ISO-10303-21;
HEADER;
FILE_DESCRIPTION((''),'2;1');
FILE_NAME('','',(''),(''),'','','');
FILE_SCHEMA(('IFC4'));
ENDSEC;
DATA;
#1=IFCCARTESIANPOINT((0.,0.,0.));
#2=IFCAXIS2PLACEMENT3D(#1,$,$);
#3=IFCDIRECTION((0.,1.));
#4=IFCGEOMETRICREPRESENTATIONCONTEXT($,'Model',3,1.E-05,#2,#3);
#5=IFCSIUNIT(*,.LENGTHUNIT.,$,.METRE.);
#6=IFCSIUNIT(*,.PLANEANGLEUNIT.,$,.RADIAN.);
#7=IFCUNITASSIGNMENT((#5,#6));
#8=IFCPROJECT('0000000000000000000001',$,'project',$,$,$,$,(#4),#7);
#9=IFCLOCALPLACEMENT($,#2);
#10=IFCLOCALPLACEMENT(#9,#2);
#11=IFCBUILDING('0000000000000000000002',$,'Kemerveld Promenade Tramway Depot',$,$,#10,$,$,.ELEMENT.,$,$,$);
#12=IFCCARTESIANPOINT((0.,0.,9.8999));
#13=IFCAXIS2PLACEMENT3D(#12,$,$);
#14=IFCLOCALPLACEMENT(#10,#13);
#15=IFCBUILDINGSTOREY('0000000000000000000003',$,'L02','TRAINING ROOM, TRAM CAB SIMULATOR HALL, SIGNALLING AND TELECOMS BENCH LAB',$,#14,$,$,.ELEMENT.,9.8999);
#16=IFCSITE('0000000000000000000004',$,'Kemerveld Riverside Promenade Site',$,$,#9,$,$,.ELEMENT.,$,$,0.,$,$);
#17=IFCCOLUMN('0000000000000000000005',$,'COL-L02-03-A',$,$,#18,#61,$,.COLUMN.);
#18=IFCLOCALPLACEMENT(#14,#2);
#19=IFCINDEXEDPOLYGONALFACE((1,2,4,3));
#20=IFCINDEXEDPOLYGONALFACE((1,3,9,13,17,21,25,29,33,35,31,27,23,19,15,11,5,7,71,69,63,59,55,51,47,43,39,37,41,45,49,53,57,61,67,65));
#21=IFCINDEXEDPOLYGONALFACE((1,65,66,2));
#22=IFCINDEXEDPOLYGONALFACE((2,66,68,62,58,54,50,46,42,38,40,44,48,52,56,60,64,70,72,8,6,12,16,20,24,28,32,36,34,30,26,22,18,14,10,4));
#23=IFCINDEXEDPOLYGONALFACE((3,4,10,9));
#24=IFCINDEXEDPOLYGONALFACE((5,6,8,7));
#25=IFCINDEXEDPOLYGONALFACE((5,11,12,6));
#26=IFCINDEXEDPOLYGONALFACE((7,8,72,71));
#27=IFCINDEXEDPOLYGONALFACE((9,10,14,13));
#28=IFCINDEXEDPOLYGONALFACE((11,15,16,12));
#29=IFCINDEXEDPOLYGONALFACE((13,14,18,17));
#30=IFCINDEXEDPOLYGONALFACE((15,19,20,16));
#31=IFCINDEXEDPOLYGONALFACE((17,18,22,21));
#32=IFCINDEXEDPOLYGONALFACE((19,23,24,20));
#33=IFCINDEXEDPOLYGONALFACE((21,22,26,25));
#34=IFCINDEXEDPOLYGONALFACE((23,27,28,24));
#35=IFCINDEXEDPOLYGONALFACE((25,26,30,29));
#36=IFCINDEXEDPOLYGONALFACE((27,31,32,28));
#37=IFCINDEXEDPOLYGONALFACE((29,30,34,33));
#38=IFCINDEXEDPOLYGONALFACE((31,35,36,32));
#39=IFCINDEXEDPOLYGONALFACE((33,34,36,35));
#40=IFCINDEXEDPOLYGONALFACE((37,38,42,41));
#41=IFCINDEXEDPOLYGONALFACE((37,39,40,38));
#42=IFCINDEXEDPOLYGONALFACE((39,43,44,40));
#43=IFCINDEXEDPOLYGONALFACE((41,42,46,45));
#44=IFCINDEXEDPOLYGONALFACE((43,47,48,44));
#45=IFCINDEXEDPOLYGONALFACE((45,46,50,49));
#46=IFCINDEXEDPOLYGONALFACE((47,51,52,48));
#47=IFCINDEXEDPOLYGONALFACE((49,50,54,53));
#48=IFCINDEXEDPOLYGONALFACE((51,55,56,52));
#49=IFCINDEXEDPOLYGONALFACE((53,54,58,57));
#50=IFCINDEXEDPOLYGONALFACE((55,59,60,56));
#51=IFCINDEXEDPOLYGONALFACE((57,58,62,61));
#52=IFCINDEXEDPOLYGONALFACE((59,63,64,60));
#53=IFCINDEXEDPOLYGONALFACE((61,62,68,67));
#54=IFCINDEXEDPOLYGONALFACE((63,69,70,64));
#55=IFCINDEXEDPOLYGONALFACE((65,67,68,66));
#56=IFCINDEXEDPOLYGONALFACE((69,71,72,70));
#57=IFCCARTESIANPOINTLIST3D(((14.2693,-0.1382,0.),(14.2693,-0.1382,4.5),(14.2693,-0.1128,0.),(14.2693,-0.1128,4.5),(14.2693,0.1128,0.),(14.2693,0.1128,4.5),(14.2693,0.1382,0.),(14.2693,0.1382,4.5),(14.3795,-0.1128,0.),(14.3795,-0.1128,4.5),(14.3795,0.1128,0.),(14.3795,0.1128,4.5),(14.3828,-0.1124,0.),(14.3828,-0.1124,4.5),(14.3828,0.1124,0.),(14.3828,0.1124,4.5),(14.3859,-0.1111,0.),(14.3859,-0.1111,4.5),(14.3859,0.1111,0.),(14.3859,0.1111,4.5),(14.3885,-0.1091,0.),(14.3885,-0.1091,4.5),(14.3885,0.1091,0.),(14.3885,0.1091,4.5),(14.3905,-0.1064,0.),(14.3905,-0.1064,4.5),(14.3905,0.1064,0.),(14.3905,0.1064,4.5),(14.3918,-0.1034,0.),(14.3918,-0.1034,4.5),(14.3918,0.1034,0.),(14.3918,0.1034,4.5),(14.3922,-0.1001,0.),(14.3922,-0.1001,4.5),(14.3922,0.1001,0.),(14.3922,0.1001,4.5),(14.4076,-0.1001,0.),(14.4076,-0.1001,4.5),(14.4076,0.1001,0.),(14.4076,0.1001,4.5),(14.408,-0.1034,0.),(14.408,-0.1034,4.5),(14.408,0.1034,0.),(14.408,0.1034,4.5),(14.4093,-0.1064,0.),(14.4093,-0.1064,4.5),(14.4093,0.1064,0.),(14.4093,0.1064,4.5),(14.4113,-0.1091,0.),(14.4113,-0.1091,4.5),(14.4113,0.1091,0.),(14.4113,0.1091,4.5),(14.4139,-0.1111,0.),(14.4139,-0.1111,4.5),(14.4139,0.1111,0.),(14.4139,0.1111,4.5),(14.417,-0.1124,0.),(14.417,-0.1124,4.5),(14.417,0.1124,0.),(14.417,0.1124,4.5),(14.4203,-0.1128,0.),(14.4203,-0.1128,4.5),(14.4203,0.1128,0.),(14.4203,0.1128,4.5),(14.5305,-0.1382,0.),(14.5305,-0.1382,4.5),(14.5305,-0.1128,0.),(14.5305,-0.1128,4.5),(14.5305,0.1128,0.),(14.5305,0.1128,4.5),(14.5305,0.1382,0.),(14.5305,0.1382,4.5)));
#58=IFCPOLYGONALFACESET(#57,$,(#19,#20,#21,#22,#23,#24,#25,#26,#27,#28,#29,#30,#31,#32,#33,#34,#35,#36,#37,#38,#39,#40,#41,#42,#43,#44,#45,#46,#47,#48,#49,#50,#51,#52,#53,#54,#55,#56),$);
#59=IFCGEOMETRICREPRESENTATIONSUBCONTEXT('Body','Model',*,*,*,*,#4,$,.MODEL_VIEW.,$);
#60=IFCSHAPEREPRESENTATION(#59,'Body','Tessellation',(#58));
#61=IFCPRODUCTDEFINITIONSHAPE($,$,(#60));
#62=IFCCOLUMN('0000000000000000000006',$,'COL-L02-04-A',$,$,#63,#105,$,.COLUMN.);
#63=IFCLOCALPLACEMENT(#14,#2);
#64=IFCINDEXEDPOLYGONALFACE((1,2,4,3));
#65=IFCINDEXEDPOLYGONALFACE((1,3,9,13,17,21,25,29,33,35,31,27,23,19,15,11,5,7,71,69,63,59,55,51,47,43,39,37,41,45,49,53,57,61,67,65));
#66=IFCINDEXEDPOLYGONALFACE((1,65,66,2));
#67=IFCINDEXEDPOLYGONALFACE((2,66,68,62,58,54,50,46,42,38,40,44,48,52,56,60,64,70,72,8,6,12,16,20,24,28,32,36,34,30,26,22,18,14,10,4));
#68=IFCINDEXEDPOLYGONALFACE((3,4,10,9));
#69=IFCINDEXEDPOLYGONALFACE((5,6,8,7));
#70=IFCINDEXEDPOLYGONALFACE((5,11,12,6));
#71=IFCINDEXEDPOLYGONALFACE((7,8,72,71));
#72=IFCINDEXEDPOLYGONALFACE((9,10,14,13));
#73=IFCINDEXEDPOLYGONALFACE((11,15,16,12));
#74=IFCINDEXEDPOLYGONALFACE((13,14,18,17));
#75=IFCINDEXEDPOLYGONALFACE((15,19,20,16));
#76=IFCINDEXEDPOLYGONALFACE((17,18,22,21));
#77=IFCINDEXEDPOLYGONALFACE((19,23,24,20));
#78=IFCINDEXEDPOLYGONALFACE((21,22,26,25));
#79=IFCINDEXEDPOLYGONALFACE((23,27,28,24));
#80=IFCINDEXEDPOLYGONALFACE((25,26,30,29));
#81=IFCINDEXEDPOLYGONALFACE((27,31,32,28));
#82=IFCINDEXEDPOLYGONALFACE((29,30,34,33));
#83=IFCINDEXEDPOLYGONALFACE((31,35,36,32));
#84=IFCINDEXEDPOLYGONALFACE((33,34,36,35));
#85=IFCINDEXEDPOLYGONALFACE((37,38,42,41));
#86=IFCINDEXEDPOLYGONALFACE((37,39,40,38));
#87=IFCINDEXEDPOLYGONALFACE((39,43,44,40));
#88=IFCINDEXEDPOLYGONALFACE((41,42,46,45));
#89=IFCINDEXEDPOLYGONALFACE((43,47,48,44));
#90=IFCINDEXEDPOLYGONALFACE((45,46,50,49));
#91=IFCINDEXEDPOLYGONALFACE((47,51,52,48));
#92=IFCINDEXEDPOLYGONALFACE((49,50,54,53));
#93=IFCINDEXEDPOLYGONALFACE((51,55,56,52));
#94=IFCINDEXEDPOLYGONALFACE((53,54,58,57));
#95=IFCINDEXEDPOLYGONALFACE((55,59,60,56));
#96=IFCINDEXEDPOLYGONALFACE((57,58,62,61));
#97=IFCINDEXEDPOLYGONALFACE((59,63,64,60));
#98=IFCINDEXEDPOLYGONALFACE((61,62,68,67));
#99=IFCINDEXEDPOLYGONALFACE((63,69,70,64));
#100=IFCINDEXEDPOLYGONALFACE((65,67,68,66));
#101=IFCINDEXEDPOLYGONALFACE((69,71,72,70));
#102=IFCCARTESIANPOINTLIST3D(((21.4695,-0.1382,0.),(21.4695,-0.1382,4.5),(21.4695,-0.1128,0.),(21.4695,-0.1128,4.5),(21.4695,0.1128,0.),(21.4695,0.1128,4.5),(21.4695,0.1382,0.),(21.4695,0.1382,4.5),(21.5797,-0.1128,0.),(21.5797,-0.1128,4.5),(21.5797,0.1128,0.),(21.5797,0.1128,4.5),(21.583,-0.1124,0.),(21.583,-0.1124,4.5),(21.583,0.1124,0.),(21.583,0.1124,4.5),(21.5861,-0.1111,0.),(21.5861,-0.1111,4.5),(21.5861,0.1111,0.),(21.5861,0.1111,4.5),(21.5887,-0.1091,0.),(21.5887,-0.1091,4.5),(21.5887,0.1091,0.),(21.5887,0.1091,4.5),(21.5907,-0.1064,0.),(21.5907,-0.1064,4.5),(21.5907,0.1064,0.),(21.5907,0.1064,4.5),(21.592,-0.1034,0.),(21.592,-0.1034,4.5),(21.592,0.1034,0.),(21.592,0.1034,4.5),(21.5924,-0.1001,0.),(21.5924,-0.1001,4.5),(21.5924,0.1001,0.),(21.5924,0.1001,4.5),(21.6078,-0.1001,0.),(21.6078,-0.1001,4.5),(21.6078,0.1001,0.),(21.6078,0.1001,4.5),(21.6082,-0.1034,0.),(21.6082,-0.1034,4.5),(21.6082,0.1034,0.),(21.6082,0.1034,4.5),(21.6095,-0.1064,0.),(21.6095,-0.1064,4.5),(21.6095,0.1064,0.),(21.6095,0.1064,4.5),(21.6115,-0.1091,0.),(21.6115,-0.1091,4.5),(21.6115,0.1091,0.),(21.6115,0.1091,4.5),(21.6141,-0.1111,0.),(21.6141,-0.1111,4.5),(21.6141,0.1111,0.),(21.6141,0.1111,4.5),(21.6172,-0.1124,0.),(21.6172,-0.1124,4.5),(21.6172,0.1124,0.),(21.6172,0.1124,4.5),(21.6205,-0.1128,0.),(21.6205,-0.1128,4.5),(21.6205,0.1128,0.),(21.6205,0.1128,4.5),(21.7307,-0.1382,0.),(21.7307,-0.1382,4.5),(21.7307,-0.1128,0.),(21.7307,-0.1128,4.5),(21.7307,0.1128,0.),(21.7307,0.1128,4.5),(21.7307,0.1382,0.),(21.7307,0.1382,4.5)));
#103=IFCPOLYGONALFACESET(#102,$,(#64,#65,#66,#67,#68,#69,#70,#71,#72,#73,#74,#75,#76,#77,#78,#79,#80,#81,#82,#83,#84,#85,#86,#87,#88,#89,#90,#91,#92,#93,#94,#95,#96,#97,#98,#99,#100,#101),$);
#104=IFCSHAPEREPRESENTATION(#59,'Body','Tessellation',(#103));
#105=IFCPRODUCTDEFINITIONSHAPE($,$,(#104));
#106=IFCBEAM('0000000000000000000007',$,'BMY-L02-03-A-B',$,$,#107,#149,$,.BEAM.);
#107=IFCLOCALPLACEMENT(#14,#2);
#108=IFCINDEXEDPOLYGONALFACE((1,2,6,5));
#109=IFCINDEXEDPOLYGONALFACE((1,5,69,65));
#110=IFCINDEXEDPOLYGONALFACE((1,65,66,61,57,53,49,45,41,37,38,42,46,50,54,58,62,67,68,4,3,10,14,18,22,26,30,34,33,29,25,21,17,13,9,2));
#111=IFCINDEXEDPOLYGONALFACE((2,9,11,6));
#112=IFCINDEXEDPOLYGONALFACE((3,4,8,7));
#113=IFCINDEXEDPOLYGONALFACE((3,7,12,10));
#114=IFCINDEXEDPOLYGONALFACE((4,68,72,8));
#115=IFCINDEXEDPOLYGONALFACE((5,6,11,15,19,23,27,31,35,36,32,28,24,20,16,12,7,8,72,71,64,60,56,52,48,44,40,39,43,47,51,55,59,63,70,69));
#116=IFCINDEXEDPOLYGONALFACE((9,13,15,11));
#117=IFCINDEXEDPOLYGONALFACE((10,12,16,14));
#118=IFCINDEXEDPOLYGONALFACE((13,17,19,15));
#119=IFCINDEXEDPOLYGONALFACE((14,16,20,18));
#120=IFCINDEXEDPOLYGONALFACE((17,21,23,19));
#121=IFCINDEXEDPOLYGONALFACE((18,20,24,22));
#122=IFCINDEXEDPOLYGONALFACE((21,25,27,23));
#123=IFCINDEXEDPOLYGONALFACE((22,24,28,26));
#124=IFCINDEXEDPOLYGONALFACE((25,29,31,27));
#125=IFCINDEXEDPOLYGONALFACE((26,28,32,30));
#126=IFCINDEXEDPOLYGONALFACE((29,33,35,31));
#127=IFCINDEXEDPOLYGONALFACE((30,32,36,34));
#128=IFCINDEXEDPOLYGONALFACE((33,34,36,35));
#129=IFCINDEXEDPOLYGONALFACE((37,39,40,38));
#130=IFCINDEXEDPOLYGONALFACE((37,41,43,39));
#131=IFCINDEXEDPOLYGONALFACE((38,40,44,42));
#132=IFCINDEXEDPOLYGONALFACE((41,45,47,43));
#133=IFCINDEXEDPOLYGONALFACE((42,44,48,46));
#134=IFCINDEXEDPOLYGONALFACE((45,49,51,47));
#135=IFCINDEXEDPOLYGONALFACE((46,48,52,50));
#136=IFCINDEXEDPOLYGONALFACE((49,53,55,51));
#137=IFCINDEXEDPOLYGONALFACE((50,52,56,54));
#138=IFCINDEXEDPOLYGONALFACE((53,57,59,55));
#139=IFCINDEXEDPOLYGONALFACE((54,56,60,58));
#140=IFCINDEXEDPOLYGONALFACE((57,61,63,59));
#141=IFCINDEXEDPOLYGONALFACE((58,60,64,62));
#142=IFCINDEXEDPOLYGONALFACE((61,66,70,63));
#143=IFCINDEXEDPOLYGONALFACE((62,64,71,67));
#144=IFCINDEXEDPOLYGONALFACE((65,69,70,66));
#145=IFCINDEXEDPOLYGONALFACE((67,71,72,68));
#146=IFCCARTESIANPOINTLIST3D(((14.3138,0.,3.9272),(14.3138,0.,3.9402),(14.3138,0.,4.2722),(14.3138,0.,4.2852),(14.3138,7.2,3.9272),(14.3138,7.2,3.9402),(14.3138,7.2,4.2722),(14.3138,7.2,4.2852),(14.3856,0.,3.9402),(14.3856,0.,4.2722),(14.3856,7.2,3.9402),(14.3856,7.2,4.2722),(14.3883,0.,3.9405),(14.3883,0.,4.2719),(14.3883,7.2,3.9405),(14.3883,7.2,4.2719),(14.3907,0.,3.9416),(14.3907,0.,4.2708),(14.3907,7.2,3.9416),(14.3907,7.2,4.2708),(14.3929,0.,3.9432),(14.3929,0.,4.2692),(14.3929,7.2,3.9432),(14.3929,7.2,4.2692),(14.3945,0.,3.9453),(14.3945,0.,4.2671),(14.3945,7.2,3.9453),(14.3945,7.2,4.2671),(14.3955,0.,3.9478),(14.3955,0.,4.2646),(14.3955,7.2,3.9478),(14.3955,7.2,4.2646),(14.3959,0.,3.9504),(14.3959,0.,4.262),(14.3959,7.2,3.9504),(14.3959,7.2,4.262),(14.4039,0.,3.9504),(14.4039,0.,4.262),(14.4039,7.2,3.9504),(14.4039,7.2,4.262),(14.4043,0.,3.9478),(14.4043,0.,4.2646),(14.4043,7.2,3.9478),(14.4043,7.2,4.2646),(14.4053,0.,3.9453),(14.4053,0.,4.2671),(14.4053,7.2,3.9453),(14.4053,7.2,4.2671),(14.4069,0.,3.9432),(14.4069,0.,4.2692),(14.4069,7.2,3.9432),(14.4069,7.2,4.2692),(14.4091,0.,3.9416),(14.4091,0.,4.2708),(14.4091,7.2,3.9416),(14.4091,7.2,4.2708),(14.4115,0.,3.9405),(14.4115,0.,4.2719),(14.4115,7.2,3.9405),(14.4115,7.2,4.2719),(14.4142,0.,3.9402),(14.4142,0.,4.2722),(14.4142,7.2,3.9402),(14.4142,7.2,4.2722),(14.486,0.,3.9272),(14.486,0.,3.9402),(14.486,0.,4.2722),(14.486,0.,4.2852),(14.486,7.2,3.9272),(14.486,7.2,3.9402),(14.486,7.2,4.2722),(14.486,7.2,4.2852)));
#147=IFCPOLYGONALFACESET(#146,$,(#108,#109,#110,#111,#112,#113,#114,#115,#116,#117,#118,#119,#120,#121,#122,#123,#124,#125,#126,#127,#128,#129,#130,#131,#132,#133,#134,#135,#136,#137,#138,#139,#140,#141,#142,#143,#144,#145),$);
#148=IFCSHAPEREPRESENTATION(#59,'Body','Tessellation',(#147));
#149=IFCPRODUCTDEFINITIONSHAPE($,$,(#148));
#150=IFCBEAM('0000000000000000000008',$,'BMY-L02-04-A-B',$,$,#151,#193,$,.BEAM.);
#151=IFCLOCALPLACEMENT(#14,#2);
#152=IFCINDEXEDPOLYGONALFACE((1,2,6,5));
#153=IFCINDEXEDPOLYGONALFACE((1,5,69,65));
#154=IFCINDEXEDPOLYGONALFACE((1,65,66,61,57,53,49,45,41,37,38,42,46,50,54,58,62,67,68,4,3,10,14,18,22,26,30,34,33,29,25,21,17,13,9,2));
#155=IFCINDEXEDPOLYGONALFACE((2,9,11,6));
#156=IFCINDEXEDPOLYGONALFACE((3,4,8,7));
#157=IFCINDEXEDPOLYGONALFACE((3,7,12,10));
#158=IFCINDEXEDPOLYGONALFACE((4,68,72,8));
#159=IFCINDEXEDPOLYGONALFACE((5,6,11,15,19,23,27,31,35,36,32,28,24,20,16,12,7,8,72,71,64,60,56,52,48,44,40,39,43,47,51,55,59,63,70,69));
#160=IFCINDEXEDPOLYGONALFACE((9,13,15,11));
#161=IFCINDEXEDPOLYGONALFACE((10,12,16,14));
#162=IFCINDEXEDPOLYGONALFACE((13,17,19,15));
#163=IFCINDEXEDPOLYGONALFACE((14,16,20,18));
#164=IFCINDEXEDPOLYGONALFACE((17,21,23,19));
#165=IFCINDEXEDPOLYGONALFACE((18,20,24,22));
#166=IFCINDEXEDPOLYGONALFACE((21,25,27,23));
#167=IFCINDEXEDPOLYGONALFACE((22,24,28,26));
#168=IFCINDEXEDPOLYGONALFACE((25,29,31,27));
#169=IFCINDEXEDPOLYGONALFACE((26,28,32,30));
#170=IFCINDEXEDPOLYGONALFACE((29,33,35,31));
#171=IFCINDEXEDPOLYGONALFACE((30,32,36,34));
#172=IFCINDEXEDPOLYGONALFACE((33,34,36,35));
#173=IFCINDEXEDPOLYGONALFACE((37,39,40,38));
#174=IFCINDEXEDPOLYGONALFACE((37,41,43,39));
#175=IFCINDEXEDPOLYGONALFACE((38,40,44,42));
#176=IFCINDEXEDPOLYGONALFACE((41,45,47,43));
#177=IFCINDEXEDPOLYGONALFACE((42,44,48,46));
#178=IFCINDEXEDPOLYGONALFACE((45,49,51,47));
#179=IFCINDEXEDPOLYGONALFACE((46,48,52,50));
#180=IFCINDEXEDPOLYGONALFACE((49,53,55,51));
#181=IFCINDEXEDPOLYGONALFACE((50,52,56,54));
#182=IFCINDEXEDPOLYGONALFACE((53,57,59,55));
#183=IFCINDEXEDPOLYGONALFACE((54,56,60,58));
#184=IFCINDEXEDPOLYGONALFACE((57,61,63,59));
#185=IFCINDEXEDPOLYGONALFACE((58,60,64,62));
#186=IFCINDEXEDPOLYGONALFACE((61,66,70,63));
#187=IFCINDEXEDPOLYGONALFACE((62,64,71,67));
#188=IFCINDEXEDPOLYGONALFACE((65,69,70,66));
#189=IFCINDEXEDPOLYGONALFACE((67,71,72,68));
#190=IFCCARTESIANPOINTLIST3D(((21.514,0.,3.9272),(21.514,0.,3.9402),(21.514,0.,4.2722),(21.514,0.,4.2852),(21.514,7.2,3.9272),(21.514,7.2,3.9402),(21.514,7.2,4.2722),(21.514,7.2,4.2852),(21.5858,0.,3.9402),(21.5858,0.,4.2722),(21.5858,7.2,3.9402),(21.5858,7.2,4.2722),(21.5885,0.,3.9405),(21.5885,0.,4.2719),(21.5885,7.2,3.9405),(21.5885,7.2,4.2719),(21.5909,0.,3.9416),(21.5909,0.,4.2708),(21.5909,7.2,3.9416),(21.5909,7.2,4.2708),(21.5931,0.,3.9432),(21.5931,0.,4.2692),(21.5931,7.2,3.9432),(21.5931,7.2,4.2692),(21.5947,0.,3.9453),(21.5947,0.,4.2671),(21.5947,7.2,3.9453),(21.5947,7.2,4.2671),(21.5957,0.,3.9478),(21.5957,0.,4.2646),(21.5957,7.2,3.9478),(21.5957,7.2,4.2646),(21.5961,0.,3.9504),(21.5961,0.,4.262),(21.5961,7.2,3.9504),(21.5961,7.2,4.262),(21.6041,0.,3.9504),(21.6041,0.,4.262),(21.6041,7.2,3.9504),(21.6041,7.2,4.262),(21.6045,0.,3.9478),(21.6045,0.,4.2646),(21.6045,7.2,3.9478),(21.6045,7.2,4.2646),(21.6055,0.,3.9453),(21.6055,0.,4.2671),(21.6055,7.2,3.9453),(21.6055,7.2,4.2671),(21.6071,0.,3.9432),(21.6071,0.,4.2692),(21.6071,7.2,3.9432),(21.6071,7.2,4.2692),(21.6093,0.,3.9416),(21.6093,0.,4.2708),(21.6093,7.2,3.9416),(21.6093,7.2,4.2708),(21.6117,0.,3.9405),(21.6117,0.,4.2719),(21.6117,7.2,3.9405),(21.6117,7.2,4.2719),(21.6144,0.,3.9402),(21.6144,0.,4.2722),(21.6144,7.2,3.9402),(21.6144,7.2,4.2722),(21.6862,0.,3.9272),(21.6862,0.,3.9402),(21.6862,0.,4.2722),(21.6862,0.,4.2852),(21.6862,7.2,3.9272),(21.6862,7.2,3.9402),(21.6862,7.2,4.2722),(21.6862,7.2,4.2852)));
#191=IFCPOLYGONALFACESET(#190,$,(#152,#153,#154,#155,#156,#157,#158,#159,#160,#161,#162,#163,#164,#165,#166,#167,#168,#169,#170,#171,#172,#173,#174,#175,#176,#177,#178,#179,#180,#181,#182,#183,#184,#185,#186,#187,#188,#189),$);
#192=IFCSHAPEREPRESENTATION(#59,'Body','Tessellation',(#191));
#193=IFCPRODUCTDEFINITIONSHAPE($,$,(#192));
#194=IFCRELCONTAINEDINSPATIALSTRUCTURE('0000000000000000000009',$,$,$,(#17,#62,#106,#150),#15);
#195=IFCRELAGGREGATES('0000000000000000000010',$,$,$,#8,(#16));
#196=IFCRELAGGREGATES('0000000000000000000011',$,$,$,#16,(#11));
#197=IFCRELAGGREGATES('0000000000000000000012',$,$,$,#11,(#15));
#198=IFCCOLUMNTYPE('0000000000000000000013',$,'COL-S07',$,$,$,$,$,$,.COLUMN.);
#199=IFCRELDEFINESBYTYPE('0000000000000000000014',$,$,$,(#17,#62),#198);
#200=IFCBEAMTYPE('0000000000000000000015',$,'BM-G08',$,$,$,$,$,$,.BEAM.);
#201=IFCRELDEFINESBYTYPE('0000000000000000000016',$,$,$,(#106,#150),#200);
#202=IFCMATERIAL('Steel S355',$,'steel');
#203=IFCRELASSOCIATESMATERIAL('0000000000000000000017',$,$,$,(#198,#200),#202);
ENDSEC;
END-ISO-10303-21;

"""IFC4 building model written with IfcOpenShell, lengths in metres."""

from ifc_helpers import new_model, si_unit, direction, frame, origin, origin_2d, place, context, subcontext, project, spatial, i_section, extrude, material, material_profile, profile_set, type_object, element, save


model = new_model("IFC4")

# Units and contexts
model_context = context("Model", 3, precision=1e-05, world=origin(), true_north=direction((0.0, 1.0)))
body_context = subcontext(model_context, "Body", "Model", "MODEL_VIEW")
ifc_project = project(units=[si_unit("LENGTHUNIT", "METRE"), si_unit("PLANEANGLEUNIT", "RADIAN")], contexts=[model_context])

# Site, building, storey
site_placement = place(None, origin())
site = spatial("IfcSite", under=ifc_project, at=site_placement, Name="Kemerveld Riverside Promenade Site", CompositionType="ELEMENT", RefElevation=0.0)
building_placement = place(site_placement, origin())
building = spatial("IfcBuilding", under=site, at=building_placement, Name="Kemerveld Promenade Tramway Depot", CompositionType="ELEMENT")
storey_placement = place(building_placement, frame((0.0, 0.0, 9.8999)))
storey = spatial("IfcBuildingStorey", under=building, at=storey_placement, Name="L02", Description="TRAINING ROOM, TRAM CAB SIMULATOR HALL, SIGNALLING AND TELECOMS BENCH LAB", CompositionType="ELEMENT", Elevation=9.8999)

# Columns
ifc_material_1 = material(Name="Steel S355", Category="steel")
ifc_material_profile_1 = material_profile(ifc_material_1, i_section(OverallWidth=0.2612, OverallDepth=0.2764, WebThickness=0.0154, FlangeThickness=0.0254, FilletRadius=0.0127, at=origin_2d()), Name="254x254x132 UC")
ifc_profile_set_1 = profile_set([ifc_material_profile_1], Name="Steel S355")
column_type = type_object("IfcColumnType", Name="COL-S07", PredefinedType="COLUMN", material=ifc_profile_set_1)
for number, where, z_axis, x_axis, name in (
    (1, (14.3999, 0.0, 0.0), (0.0, 0.0, 1.0), (1.0, 0.0, 0.0), "COL-L02-03-A"),
    (2, (21.6001, 0.0, 0.0), (0.0, 0.0, 1.0), (1.0, 0.0, 0.0), "COL-L02-04-A"),
):
    element("IfcColumn", number, at=place(storey_placement, frame(where, z_axis=z_axis, x_axis=x_axis)), inside=storey, type_object=column_type, Name=name, PredefinedType="COLUMN", context=body_context, shape_type="SweptSolid", body=[
        extrude(i_section(OverallWidth=0.2612, OverallDepth=0.2764, WebThickness=0.0154, FlangeThickness=0.0254, FilletRadius=0.0127, at=origin_2d()), origin(), (0.0, 0.0, 1.0), 4.5),
    ])

# Beams
ifc_material_profile_2 = material_profile(ifc_material_1, i_section(OverallWidth=0.1721, OverallDepth=0.3579, WebThickness=0.0081, FlangeThickness=0.0129, FilletRadius=0.0103, at=origin_2d()), Name="356x171x57 UB")
ifc_profile_set_2 = profile_set([ifc_material_profile_2], Name="Steel S355")
beam_type_1 = type_object("IfcBeamType", Name="BM-G08", PredefinedType="BEAM", material=ifc_profile_set_2)
for number, where, z_axis, x_axis, name in (
    (3, (14.3999, 0.0, 4.1062), (0.0, 1.0, 0.0), (-1.0, 0.0, 0.0), "BMY-L02-03-A-B"),
    (4, (21.6001, 0.0, 4.1062), (0.0, 1.0, 0.0), (-1.0, 0.0, 0.0), "BMY-L02-04-A-B"),
):
    element("IfcBeam", number, at=place(storey_placement, frame(where, z_axis=z_axis, x_axis=x_axis)), inside=storey, type_object=beam_type_1, Name=name, PredefinedType="BEAM", context=body_context, shape_type="SweptSolid", body=[
        extrude(i_section(OverallWidth=0.1721, OverallDepth=0.3579, WebThickness=0.0081, FlangeThickness=0.0129, FilletRadius=0.0103, at=origin_2d()), origin(), (0.0, 0.0, 1.0), 7.2),
    ])

save(model, "model.ifc")
